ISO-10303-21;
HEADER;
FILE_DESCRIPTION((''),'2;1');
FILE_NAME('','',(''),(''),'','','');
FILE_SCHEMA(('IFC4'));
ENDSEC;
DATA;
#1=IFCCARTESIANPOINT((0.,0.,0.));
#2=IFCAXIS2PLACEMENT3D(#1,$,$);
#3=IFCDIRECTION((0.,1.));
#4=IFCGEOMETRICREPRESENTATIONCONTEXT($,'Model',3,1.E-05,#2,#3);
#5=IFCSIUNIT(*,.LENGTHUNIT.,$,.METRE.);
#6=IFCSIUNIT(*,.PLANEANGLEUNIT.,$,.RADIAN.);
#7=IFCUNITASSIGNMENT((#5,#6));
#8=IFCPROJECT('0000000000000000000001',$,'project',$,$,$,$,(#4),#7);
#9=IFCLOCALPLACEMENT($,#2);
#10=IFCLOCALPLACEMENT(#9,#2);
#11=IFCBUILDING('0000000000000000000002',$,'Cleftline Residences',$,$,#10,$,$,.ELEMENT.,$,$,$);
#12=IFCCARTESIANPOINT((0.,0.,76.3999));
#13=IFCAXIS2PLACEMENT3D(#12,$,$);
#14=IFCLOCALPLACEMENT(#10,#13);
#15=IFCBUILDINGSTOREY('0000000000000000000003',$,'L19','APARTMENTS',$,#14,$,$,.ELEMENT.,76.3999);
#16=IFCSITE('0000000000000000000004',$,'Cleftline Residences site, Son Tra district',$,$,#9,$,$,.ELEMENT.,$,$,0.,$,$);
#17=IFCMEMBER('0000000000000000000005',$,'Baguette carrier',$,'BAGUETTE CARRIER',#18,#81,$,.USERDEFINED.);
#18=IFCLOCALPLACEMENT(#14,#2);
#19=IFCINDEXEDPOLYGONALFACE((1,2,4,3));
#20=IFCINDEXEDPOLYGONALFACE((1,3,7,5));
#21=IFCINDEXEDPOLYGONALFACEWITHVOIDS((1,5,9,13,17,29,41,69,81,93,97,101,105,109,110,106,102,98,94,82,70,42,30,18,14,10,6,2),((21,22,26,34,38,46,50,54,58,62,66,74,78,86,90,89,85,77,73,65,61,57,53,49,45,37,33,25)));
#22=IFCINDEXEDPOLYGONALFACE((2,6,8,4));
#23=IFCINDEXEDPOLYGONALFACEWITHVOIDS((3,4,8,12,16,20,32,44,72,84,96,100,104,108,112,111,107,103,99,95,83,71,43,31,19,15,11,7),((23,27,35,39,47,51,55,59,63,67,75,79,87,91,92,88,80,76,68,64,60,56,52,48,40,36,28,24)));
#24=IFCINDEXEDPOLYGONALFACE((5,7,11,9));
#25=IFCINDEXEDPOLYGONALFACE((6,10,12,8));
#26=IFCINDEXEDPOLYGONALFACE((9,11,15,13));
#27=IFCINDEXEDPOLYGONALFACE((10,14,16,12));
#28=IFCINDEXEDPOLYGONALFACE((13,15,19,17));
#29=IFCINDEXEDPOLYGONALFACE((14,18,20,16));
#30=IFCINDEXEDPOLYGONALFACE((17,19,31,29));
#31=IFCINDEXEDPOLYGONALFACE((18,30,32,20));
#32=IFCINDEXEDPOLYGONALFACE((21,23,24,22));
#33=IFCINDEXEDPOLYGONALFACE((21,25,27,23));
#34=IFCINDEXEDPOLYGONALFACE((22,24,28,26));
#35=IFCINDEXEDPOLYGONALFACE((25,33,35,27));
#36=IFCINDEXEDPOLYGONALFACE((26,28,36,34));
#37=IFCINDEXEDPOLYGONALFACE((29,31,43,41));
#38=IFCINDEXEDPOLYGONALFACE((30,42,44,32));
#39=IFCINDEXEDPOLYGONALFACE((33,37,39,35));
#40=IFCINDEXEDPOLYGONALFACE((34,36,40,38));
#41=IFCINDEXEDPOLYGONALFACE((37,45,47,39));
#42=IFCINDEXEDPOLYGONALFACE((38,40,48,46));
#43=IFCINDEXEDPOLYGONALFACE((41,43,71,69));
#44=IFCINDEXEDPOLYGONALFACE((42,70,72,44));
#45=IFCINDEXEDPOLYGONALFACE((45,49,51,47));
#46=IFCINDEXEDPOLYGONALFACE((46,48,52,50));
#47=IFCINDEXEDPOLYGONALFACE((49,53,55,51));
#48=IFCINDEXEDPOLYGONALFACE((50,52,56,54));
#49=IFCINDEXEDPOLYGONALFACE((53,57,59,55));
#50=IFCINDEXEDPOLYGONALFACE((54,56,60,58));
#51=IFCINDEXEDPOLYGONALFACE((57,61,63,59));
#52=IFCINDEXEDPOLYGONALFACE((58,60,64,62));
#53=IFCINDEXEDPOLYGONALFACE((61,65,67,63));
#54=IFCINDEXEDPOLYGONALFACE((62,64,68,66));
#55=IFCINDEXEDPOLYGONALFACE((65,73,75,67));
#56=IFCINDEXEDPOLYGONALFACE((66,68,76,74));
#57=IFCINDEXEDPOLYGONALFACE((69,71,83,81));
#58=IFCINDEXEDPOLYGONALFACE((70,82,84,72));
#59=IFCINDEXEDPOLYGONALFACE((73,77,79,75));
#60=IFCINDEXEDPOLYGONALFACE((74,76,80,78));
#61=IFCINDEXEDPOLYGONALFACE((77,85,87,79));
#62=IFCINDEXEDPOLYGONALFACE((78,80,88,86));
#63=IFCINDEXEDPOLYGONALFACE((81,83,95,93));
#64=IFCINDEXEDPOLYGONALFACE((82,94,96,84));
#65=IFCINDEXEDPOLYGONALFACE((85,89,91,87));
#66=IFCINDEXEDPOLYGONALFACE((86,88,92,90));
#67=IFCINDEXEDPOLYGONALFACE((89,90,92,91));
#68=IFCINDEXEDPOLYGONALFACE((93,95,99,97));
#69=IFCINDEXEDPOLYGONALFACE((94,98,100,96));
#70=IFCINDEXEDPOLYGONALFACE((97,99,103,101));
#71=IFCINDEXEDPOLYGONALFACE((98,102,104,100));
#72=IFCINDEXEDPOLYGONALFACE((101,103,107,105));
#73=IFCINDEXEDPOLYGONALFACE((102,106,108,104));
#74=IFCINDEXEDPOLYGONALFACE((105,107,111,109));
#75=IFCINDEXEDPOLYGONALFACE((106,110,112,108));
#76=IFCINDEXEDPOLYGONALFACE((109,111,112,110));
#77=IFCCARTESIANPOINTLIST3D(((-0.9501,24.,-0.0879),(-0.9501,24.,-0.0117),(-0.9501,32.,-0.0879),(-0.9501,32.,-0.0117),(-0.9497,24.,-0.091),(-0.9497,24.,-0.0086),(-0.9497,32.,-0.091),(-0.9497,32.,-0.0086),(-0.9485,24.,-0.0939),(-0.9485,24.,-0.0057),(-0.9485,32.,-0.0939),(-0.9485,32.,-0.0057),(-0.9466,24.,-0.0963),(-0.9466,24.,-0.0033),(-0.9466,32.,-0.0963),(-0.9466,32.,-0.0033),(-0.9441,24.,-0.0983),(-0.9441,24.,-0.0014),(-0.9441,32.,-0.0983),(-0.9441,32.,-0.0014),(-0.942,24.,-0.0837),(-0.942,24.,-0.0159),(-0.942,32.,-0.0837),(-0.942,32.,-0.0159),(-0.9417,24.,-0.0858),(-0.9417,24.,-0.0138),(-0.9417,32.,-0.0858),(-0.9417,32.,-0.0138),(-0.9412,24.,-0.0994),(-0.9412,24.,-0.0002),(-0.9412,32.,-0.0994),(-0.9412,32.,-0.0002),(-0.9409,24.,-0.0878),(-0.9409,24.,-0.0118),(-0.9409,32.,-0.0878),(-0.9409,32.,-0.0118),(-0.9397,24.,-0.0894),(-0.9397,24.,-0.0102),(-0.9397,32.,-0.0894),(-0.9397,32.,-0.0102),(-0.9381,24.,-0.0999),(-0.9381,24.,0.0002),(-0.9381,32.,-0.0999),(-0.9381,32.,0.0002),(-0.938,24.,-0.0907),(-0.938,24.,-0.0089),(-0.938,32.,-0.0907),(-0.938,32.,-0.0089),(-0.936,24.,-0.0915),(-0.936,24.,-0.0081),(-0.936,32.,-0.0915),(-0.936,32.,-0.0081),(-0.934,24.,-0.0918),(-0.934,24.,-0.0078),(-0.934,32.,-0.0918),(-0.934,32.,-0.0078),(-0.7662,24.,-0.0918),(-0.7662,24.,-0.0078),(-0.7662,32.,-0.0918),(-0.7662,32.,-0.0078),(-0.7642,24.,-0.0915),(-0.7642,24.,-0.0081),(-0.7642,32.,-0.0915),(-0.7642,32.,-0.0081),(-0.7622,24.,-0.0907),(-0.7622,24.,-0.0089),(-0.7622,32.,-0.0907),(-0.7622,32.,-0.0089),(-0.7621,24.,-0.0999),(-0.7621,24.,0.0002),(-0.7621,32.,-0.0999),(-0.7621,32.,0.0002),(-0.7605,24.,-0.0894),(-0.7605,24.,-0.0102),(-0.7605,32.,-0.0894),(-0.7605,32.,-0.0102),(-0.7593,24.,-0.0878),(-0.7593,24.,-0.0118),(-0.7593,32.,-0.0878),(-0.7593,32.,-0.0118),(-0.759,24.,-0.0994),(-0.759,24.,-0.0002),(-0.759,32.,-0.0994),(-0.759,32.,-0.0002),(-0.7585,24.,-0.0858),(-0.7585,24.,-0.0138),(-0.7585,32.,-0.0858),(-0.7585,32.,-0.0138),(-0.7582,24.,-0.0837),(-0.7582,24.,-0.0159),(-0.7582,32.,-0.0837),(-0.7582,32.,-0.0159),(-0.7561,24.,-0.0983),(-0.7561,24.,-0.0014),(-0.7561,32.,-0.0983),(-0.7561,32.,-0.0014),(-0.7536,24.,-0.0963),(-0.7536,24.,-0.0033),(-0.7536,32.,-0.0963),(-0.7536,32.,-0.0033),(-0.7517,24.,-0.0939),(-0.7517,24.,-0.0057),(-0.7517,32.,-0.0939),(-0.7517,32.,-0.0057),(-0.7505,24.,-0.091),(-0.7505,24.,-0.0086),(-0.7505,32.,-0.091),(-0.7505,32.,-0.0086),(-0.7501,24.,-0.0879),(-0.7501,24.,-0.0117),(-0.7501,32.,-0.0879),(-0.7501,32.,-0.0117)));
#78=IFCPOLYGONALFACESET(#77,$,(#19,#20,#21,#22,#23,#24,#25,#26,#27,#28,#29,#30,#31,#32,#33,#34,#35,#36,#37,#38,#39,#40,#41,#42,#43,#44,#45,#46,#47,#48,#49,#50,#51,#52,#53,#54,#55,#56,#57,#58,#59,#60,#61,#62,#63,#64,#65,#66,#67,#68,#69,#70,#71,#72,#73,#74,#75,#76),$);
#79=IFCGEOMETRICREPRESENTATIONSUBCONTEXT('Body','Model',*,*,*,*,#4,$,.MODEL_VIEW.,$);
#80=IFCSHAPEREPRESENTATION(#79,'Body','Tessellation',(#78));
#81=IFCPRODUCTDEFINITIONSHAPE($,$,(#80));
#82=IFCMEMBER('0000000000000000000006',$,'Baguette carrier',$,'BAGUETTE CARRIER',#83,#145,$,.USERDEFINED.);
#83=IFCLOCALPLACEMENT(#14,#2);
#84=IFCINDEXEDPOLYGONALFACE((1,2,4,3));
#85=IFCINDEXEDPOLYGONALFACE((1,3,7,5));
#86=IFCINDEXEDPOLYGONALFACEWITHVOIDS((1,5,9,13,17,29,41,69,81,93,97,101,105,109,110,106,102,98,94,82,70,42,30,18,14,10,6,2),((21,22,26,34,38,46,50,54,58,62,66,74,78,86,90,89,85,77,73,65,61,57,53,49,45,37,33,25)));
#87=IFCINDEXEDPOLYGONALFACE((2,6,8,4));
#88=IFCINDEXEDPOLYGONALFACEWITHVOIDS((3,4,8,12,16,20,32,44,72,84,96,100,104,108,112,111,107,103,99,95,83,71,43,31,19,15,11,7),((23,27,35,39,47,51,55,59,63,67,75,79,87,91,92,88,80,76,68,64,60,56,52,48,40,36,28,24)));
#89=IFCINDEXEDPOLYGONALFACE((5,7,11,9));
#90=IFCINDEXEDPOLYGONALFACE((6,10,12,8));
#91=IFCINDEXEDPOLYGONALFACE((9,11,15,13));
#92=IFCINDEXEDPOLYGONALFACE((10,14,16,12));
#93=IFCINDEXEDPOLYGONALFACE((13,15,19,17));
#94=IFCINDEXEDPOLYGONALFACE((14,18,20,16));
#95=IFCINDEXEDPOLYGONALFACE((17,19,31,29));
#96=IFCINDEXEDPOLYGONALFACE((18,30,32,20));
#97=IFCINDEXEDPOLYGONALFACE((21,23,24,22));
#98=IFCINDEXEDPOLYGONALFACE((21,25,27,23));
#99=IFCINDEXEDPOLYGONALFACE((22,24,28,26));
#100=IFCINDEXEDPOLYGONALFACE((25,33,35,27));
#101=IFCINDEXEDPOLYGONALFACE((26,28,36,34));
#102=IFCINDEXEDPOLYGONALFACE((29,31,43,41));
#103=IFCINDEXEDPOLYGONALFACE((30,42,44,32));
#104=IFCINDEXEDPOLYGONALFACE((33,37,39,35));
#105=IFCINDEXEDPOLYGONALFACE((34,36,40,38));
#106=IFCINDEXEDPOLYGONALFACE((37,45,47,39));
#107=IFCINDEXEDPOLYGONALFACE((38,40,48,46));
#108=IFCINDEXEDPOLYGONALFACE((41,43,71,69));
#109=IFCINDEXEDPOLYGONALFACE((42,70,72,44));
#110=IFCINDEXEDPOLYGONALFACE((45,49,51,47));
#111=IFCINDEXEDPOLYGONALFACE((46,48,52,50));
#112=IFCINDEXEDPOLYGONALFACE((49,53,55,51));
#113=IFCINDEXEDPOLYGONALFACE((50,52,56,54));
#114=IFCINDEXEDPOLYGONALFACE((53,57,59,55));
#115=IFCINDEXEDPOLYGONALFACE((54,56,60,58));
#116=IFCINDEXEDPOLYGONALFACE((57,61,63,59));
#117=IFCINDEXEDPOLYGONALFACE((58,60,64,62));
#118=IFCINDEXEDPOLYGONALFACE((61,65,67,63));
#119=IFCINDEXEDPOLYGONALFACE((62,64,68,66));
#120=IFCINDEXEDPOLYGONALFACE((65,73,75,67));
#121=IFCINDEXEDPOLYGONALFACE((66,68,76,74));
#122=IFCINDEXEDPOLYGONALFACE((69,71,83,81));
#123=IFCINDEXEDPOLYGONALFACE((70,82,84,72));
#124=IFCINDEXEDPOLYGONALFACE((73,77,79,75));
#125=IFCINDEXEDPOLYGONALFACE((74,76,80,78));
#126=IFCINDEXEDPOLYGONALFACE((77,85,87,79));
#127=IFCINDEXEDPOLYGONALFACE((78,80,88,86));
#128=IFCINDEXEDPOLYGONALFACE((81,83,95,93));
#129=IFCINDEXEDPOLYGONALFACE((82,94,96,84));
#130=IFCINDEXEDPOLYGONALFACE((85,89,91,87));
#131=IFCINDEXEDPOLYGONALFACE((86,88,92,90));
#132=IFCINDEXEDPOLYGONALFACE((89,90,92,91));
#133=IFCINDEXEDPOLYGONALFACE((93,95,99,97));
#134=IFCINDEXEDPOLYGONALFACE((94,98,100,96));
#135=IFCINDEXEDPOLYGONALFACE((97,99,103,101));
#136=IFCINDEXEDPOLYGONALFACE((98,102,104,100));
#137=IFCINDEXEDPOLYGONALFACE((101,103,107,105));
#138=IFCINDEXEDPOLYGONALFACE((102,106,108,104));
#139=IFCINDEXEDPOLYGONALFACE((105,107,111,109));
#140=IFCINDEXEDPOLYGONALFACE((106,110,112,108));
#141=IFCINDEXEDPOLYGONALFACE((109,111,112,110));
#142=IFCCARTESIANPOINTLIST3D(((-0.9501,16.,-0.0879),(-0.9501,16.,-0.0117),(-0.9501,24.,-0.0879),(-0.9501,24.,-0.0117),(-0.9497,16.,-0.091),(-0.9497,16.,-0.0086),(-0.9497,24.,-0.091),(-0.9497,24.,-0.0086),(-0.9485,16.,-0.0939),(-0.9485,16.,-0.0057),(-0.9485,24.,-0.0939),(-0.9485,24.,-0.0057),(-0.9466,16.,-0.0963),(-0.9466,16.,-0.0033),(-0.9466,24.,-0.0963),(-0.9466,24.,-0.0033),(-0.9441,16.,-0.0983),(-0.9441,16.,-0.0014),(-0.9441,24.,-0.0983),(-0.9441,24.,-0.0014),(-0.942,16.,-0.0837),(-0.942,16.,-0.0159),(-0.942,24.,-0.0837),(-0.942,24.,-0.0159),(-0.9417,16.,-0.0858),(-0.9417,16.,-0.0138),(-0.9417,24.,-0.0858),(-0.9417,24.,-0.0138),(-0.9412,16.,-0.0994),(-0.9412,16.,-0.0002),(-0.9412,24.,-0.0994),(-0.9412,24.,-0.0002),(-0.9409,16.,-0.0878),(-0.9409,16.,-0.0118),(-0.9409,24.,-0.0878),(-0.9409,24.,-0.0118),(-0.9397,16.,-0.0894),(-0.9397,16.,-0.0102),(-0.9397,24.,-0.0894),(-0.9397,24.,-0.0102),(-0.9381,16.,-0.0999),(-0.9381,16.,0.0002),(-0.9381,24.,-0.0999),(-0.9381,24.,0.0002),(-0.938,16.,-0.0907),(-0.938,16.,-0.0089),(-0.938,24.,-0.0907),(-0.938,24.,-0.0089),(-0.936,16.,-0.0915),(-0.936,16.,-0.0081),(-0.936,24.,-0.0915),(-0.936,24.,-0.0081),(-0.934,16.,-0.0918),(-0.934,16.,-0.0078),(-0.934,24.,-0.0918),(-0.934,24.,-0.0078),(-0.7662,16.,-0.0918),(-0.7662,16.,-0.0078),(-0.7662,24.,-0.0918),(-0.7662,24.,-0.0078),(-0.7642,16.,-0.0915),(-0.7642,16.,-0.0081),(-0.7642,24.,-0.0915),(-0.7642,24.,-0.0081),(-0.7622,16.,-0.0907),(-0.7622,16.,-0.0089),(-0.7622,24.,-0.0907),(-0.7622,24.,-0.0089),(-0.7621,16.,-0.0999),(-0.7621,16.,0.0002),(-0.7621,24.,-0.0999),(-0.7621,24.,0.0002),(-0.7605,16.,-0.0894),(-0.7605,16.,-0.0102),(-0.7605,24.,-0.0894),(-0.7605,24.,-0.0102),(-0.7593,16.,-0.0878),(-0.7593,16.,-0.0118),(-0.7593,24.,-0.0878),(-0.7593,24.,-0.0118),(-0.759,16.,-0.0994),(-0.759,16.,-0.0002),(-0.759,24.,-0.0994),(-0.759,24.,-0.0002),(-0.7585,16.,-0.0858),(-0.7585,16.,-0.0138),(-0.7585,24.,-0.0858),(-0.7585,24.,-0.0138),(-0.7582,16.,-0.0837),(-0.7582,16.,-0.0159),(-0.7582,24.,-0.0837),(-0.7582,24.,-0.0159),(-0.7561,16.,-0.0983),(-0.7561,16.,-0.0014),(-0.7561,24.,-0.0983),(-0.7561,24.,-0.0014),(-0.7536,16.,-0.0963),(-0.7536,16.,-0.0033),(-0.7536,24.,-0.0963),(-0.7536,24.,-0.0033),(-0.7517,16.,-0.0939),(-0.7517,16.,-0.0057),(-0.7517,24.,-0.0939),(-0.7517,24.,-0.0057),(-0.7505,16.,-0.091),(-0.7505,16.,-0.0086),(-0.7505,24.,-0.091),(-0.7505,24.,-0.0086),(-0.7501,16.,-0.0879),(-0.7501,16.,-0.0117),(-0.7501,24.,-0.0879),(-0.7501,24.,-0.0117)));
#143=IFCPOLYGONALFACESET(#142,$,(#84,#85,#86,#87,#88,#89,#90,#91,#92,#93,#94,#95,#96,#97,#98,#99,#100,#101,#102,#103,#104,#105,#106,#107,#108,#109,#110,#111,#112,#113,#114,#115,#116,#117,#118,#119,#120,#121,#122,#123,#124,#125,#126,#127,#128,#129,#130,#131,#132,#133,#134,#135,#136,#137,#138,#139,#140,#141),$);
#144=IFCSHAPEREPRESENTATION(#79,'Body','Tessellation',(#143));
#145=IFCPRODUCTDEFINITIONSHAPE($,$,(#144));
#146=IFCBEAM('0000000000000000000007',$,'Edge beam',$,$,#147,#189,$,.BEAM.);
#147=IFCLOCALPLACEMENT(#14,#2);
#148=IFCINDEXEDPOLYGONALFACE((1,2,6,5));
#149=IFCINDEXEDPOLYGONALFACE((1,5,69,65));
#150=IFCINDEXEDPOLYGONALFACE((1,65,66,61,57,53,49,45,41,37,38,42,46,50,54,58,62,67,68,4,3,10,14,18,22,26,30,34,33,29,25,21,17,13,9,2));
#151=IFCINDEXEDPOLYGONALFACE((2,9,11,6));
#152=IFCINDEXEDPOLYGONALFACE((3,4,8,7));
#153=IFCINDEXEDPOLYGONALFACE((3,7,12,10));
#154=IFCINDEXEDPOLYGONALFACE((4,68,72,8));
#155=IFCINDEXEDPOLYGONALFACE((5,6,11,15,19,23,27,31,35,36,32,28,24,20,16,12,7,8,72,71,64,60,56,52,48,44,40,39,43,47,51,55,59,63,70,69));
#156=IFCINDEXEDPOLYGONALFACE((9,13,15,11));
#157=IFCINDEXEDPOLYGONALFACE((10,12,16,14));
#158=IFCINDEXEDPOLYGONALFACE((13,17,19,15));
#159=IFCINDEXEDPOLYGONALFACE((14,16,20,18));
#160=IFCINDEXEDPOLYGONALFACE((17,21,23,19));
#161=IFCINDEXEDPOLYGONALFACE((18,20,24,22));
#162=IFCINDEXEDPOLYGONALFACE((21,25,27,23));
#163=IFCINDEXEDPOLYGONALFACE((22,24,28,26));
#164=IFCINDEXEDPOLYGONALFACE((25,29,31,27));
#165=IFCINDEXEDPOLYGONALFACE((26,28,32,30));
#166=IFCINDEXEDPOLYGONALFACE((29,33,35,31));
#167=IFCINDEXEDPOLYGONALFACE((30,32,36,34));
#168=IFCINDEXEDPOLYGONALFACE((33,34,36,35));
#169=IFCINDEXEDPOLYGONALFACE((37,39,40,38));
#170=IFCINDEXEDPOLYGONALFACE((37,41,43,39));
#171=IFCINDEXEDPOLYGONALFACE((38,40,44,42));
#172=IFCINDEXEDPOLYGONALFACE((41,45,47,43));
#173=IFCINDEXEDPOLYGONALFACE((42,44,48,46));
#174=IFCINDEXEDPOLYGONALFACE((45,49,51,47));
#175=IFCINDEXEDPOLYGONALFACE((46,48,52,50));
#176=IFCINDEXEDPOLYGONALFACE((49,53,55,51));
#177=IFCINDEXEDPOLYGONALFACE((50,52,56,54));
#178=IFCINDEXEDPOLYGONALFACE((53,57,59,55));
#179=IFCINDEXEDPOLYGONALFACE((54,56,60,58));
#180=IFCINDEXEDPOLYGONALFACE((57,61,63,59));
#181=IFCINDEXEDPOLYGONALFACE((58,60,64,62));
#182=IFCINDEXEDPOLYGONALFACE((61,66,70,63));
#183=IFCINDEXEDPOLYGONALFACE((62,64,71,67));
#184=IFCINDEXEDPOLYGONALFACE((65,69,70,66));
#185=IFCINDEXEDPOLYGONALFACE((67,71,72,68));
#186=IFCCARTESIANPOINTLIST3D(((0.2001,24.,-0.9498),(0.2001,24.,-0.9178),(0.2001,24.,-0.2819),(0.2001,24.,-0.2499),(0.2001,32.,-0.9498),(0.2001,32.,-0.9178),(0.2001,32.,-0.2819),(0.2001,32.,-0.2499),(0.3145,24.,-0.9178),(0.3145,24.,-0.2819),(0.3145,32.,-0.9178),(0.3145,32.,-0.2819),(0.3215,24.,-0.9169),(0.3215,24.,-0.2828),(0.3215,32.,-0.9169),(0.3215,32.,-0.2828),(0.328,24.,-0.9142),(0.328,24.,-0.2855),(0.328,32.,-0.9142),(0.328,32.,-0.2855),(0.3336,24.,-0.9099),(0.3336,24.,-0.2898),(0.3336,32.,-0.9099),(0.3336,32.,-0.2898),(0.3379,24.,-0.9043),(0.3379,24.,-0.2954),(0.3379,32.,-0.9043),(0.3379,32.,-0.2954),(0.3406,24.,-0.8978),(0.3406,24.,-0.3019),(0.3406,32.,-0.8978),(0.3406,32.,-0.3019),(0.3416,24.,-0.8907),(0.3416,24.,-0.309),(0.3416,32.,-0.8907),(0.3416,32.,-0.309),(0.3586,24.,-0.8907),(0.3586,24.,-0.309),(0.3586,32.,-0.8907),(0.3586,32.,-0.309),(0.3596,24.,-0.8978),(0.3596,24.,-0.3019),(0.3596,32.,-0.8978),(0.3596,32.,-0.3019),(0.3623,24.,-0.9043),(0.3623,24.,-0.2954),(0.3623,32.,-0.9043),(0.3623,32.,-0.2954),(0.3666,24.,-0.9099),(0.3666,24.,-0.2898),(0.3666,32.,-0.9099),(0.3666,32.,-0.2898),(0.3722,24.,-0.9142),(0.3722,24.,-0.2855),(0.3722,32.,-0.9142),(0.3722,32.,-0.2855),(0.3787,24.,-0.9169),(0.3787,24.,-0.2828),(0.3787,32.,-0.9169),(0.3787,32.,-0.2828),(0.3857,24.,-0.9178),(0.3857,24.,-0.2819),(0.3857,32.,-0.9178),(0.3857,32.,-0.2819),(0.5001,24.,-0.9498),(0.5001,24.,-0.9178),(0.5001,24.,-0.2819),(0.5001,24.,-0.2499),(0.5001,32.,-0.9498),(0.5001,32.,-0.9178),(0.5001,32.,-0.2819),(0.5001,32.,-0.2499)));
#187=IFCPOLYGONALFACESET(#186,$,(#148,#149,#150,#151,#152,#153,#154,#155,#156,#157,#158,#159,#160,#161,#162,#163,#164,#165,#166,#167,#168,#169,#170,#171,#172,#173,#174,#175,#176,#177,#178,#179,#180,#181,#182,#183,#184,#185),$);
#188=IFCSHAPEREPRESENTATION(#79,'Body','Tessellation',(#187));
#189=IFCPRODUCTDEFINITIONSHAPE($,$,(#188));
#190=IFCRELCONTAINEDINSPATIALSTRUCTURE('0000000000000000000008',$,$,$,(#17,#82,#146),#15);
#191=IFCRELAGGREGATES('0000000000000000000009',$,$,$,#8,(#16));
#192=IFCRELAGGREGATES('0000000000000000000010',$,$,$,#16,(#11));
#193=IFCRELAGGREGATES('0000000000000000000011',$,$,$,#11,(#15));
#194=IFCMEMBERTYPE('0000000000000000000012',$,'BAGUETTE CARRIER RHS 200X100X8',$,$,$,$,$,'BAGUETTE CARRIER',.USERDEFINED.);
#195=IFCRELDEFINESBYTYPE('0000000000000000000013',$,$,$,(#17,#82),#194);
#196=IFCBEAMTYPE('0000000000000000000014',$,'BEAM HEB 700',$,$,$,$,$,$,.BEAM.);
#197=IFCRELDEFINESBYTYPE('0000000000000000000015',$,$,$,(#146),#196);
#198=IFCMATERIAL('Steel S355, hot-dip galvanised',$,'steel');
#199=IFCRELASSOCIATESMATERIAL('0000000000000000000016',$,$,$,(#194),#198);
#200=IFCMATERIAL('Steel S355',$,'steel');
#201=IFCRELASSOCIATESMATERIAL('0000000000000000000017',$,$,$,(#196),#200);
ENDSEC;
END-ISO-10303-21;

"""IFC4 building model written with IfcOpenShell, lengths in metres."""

from ifc_helpers import new_model, si_unit, direction, frame, origin, origin_2d, place, context, subcontext, project, spatial, hollow_rectangle, i_section, extrude, material, material_profile, profile_set, type_object, element, save


model = new_model("IFC4")

# Units and contexts
model_context = context("Model", 3, precision=1e-05, world=origin(), true_north=direction((0.0, 1.0)))
body_context = subcontext(model_context, "Body", "Model", "MODEL_VIEW")
ifc_project = project(units=[si_unit("LENGTHUNIT", "METRE"), si_unit("PLANEANGLEUNIT", "RADIAN")], contexts=[model_context])

# Site, building, storey
site_placement = place(None, origin())
site = spatial("IfcSite", under=ifc_project, at=site_placement, Name="Cleftline Residences site, Son Tra district", CompositionType="ELEMENT", RefElevation=0.0)
building_placement = place(site_placement, origin())
building = spatial("IfcBuilding", under=site, at=building_placement, Name="Cleftline Residences", CompositionType="ELEMENT")
storey_placement = place(building_placement, frame((0.0, 0.0, 76.3999)))
storey = spatial("IfcBuildingStorey", under=building, at=storey_placement, Name="L19", Description="APARTMENTS", CompositionType="ELEMENT", Elevation=76.3999)

# Members
ifc_material_1 = material(Name="Steel S355, hot-dip galvanised", Category="steel")
ifc_material_profile_1 = material_profile(ifc_material_1, hollow_rectangle(XDim=0.1001, YDim=0.2, WallThickness=0.0081, InnerFilletRadius=0.0081, OuterFilletRadius=0.012, at=origin_2d()))
ifc_profile_set_1 = profile_set([ifc_material_profile_1], Name="Steel S355, hot-dip galvanised")
member_type_1 = type_object("IfcMemberType", Name="BAGUETTE CARRIER RHS 200X100X8", ElementType="BAGUETTE CARRIER", PredefinedType="USERDEFINED", material=ifc_profile_set_1)
for number, where, z_axis, x_axis, name in (
    (1, (-0.8501, 32.0, -0.0498), (0.0, -1.0, 0.0), (0.0, 0.0, 1.0), "Baguette carrier"),
    (2, (-0.8501, 24.0, -0.0498), (0.0, -1.0, 0.0), (0.0, 0.0, 1.0), "Baguette carrier"),
):
    element("IfcMember", number, at=place(storey_placement, frame(where, z_axis=z_axis, x_axis=x_axis)), inside=storey, type_object=member_type_1, Name=name, ObjectType="BAGUETTE CARRIER", PredefinedType="USERDEFINED", context=body_context, shape_type="SweptSolid", body=[
        extrude(hollow_rectangle(XDim=0.1001, YDim=0.2, WallThickness=0.0081, InnerFilletRadius=0.0081, OuterFilletRadius=0.012, at=origin_2d()), origin(), (0.0, 0.0, 1.0), 8.0),
    ])

# Beam
ifc_material_2 = material(Name="Steel S355", Category="steel")
ifc_material_profile_2 = material_profile(ifc_material_2, i_section(OverallWidth=0.3, OverallDepth=0.7, WebThickness=0.0171, FlangeThickness=0.032, FilletRadius=0.0271, at=origin_2d()))
ifc_profile_set_2 = profile_set([ifc_material_profile_2], Name="Steel S355")
beam_type = type_object("IfcBeamType", Name="BEAM HEB 700", PredefinedType="BEAM", material=ifc_profile_set_2)
for number, where, z_axis, x_axis, name in (
    (3, (0.3501, 24.0, -0.5999), (0.0, 1.0, 0.0), (-1.0, 0.0, 0.0), "Edge beam"),
):
    element("IfcBeam", number, at=place(storey_placement, frame(where, z_axis=z_axis, x_axis=x_axis)), inside=storey, type_object=beam_type, Name=name, PredefinedType="BEAM", context=body_context, shape_type="SweptSolid", body=[
        extrude(i_section(OverallWidth=0.3, OverallDepth=0.7, WebThickness=0.0171, FlangeThickness=0.032, FilletRadius=0.0271, at=origin_2d()), origin(), (0.0, 0.0, 1.0), 8.0),
    ])

save(model, "model.ifc")
